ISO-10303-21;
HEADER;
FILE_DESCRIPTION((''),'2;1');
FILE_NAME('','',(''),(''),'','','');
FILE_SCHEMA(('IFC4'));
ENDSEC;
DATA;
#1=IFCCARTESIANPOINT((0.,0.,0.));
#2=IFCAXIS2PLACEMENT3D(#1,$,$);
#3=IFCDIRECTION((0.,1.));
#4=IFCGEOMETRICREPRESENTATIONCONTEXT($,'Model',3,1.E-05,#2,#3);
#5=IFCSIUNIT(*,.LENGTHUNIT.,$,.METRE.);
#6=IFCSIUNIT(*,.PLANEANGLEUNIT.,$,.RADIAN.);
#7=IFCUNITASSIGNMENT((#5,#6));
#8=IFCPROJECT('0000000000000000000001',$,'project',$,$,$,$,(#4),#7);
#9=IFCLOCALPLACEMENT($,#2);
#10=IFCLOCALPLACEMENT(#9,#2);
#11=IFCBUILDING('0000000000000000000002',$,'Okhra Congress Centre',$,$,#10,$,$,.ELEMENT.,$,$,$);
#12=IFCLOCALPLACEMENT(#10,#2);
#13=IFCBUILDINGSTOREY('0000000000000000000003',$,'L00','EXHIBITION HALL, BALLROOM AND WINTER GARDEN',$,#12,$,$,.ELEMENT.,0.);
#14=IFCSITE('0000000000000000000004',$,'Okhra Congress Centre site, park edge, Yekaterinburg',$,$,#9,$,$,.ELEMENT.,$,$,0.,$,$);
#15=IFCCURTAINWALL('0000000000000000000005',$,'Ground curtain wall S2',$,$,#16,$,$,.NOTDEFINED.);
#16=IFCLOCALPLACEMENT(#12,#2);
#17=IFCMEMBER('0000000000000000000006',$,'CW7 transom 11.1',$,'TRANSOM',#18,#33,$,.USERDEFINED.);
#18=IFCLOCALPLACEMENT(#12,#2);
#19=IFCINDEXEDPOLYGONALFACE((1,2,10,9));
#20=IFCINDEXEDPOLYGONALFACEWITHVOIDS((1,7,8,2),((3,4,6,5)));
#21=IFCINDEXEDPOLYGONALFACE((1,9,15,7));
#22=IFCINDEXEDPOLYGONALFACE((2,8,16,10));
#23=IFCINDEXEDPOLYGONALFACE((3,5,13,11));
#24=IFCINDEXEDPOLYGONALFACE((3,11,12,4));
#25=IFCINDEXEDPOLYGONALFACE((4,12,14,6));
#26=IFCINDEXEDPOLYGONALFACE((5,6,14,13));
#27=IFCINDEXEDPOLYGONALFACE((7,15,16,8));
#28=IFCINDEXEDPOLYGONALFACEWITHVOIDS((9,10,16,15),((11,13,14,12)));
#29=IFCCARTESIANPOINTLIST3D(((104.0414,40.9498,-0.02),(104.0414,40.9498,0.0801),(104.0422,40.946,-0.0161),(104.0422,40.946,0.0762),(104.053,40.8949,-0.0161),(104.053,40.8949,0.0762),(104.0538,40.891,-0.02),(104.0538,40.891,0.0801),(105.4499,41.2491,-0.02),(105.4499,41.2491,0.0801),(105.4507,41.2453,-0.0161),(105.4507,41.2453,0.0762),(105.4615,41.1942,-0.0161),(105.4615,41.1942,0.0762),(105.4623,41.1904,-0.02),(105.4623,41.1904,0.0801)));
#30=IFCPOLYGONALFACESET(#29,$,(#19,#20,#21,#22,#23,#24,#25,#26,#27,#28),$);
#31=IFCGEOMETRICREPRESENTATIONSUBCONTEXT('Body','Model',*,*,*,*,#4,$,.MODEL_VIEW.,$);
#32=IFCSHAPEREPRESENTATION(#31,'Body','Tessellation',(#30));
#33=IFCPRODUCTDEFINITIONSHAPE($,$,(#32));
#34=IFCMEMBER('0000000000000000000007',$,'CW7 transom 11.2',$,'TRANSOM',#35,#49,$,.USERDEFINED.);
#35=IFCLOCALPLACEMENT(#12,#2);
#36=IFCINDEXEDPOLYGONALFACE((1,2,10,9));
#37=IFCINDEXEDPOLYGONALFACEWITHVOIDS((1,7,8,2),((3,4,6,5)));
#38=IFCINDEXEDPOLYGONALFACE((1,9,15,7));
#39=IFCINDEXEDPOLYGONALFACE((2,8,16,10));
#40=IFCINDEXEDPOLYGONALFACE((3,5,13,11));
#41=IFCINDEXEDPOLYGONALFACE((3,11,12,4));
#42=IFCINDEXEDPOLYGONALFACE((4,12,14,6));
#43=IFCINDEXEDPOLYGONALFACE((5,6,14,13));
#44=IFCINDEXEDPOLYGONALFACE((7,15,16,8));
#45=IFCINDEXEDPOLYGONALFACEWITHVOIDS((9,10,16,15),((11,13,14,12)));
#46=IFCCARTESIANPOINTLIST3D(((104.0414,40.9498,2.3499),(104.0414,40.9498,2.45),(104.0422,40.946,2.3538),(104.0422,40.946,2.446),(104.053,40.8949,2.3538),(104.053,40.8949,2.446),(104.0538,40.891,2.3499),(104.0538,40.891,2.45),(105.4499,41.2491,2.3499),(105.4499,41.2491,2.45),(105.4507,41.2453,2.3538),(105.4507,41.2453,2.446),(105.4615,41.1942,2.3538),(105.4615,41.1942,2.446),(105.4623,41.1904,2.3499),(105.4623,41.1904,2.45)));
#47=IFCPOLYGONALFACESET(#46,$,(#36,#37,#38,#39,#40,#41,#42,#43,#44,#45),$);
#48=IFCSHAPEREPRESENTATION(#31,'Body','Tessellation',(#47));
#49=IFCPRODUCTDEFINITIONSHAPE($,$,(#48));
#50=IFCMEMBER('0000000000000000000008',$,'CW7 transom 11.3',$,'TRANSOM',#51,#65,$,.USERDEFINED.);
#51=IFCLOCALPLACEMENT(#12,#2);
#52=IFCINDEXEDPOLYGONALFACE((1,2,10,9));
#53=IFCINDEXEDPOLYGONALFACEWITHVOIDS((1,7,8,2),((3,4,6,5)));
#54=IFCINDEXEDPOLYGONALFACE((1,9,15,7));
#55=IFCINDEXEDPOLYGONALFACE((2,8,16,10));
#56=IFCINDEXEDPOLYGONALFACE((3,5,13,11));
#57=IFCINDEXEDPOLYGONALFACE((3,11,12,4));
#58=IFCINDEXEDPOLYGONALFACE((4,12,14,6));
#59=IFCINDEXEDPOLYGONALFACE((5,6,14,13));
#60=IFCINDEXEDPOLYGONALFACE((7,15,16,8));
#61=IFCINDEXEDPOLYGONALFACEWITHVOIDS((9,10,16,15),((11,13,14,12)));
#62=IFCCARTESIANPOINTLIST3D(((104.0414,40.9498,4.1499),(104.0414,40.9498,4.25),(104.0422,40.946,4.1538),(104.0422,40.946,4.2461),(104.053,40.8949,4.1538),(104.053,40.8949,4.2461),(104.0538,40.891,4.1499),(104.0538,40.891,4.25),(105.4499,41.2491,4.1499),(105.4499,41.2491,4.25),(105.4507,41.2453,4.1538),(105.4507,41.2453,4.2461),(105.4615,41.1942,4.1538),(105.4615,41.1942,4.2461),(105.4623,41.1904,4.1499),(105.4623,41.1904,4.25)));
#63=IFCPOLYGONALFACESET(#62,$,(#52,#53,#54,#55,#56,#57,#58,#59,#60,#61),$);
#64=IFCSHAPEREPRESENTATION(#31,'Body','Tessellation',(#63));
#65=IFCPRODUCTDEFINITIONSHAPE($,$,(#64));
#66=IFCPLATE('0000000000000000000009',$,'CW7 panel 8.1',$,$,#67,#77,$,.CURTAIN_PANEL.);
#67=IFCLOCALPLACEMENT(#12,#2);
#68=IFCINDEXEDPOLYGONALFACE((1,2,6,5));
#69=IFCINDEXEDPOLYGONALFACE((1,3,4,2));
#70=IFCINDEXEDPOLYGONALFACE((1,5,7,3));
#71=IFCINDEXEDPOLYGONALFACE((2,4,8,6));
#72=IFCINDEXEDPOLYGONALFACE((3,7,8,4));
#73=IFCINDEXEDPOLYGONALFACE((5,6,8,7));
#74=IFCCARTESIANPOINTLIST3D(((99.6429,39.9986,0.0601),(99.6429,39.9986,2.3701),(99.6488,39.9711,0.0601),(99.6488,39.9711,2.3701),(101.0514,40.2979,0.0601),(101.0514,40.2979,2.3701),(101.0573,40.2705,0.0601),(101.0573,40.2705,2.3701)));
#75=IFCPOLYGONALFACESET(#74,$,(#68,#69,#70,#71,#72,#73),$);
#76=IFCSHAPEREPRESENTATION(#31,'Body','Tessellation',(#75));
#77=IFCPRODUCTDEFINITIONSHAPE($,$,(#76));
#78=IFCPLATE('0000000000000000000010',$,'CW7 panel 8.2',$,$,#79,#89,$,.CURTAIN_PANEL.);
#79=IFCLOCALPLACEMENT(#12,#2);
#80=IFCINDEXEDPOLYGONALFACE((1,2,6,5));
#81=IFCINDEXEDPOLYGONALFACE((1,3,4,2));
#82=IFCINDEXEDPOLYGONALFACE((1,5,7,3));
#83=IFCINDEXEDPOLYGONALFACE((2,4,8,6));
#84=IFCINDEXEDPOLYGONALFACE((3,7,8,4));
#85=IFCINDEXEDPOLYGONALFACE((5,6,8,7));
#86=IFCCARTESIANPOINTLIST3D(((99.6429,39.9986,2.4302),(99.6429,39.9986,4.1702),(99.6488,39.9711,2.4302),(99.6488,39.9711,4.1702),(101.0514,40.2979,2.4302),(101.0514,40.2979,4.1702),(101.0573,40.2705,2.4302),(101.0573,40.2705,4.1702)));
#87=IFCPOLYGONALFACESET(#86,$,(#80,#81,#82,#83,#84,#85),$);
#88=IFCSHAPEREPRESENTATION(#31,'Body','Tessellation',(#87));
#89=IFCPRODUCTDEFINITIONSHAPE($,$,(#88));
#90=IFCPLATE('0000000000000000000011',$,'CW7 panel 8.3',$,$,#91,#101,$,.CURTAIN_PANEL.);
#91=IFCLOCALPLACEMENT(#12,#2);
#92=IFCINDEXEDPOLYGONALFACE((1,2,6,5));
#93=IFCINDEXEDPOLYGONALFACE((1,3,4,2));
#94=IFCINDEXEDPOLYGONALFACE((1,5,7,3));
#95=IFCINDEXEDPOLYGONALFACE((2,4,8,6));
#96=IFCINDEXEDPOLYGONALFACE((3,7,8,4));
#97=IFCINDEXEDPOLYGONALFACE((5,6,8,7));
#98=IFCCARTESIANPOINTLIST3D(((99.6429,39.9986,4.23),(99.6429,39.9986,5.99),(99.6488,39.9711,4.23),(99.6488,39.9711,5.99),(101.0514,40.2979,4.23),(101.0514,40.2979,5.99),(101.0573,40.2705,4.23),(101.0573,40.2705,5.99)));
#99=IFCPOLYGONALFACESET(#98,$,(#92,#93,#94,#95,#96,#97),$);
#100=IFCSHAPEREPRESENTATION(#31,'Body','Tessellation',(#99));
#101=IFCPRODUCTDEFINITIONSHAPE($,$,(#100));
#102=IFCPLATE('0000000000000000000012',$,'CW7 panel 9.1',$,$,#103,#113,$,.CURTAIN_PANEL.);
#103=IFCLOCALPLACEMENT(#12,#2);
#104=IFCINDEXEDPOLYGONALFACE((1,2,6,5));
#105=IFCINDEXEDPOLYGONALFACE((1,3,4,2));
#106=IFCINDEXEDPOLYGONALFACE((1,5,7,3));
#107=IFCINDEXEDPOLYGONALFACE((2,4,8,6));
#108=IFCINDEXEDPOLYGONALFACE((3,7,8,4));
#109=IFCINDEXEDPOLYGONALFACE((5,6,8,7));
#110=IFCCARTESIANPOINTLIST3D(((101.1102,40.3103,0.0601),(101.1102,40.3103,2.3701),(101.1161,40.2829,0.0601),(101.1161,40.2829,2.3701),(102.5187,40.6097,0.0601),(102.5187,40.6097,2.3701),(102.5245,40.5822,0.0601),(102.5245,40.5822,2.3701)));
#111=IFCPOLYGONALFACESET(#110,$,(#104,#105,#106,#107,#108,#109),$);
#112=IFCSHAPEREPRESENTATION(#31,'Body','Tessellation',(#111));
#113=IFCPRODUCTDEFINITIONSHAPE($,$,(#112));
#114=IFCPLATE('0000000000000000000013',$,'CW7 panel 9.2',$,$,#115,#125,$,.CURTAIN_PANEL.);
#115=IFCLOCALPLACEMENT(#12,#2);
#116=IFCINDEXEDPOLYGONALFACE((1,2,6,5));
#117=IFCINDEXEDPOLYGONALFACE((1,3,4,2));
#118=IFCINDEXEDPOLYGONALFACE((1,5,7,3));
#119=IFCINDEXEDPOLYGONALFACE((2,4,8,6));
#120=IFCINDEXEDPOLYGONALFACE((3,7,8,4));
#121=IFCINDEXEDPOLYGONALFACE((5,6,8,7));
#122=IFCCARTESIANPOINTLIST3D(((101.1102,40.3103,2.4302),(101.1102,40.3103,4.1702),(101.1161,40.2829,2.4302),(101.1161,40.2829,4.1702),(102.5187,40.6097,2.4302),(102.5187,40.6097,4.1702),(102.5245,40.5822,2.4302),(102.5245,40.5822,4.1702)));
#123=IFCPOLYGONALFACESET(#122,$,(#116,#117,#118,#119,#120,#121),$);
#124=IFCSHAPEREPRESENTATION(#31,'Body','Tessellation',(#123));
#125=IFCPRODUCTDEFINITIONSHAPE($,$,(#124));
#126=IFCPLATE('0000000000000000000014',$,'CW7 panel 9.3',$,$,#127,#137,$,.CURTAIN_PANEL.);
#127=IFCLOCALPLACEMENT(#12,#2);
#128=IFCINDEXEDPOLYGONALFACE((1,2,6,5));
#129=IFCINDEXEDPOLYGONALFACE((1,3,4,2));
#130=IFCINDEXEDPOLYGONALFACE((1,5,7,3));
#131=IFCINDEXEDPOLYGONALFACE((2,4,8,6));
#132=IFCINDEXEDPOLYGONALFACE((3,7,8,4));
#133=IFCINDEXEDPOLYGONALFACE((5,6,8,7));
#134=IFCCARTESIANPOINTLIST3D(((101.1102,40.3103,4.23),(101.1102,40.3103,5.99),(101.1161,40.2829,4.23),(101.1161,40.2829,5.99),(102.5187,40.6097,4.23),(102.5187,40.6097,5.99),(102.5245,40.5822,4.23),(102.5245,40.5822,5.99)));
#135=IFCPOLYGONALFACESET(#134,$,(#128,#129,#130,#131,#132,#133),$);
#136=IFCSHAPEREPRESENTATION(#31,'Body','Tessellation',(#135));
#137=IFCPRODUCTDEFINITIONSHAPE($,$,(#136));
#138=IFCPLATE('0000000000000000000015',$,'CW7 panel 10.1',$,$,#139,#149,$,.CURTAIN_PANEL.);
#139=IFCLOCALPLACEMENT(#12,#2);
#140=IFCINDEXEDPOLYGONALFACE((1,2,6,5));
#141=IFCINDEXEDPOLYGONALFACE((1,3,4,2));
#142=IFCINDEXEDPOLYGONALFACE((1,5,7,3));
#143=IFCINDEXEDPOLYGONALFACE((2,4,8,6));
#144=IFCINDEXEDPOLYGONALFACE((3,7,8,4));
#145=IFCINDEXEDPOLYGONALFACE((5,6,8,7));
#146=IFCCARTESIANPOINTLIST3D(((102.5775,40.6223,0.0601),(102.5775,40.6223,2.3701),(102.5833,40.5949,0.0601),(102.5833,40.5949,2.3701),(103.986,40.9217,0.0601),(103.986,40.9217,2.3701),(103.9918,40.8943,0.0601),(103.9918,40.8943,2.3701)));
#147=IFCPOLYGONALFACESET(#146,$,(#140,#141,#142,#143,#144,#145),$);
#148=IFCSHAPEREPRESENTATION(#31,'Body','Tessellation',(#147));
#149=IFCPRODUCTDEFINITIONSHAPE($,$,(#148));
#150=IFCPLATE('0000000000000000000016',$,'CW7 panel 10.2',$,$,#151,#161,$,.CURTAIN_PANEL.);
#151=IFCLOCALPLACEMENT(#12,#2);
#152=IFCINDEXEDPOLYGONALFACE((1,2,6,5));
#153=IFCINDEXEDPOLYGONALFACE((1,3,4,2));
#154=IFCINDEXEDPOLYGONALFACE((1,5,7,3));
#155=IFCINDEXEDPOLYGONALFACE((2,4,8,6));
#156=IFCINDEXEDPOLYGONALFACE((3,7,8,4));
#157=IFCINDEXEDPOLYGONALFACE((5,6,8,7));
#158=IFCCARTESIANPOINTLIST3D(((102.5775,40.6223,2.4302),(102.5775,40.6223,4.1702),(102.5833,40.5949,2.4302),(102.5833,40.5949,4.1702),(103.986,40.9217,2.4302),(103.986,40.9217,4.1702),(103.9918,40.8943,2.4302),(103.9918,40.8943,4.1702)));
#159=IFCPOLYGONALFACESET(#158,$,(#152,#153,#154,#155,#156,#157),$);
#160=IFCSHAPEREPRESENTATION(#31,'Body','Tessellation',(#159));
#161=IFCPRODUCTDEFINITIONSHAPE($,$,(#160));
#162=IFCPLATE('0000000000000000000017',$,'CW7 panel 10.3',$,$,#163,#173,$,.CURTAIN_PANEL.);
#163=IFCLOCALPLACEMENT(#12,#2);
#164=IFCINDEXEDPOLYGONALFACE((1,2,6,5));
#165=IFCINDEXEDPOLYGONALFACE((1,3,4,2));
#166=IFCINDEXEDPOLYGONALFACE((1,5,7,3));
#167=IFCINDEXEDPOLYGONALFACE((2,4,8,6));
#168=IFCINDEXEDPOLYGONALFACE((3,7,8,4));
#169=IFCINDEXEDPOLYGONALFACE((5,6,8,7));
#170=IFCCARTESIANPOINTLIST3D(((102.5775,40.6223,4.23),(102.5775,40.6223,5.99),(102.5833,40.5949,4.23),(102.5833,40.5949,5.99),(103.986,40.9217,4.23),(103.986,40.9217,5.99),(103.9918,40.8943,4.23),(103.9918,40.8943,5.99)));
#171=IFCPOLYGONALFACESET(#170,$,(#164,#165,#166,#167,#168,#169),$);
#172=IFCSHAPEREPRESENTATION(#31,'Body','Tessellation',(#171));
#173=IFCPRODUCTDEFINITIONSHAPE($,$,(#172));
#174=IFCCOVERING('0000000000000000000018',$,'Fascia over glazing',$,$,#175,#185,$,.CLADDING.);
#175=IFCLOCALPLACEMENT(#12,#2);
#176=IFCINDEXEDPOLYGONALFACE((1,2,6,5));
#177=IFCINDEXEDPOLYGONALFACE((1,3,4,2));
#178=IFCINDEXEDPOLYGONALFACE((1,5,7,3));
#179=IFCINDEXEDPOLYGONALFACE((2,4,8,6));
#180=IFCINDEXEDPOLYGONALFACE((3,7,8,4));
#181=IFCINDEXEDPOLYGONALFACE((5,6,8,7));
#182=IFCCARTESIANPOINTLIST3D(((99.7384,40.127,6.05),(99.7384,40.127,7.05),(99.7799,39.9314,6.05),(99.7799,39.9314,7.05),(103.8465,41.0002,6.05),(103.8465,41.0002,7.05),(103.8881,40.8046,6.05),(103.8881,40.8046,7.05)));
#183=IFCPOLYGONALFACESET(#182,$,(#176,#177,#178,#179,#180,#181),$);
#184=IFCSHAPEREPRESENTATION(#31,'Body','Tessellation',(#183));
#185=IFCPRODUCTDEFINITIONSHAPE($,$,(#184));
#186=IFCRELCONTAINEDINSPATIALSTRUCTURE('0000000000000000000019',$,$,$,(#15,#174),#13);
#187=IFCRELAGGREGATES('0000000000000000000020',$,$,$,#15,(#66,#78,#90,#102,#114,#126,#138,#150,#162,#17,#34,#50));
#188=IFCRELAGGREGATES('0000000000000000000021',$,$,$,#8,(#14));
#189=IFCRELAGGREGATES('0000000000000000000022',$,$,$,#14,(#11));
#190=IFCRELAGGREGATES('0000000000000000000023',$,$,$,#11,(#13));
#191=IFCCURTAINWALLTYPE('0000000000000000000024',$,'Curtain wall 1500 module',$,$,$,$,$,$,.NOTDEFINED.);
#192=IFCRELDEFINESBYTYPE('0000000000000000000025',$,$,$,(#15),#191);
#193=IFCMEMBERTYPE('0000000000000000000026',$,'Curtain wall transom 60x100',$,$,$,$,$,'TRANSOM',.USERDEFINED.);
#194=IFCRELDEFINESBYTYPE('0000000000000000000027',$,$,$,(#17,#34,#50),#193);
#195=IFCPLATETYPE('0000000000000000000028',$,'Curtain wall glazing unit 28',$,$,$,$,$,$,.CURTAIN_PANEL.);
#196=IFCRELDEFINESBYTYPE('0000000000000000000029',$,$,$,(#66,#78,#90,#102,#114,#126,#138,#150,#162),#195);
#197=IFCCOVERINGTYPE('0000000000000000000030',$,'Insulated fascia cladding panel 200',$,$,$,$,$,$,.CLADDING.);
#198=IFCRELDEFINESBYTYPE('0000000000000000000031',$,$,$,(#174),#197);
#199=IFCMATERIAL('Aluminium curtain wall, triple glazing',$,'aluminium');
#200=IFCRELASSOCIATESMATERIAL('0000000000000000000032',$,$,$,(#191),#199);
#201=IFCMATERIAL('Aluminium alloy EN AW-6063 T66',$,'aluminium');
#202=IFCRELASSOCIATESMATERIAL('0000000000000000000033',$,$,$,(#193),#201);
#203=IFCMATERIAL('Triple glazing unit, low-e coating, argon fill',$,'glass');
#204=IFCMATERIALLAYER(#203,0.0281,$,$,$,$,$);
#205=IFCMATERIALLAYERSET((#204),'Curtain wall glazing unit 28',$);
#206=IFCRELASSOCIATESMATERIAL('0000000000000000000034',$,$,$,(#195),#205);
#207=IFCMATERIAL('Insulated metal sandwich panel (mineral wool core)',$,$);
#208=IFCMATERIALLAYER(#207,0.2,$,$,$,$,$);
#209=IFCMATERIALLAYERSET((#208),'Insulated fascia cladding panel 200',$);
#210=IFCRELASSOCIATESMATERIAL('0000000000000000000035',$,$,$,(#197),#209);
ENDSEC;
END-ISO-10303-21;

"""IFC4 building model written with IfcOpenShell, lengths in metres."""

from ifc_helpers import new_model, si_unit, direction, frame, origin, origin_2d, place, context, subcontext, project, spatial, rectangle, hollow_rectangle, extrude, material, layer, layer_set, material_profile, profile_set, type_object, element, aggregate, save


model = new_model("IFC4")

# Units and contexts
model_context = context("Model", 3, precision=1e-05, world=origin(), true_north=direction((0.0, 1.0)))
body_context = subcontext(model_context, "Body", "Model", "MODEL_VIEW")
ifc_project = project(units=[si_unit("LENGTHUNIT", "METRE"), si_unit("PLANEANGLEUNIT", "RADIAN")], contexts=[model_context])

# Site, building, storey
site_placement = place(None, origin())
site = spatial("IfcSite", under=ifc_project, at=site_placement, Name="Okhra Congress Centre site, park edge, Yekaterinburg", CompositionType="ELEMENT", RefElevation=0.0)
building_placement = place(site_placement, origin())
building = spatial("IfcBuilding", under=site, at=building_placement, Name="Okhra Congress Centre", CompositionType="ELEMENT")
storey_placement = place(building_placement, origin())
storey = spatial("IfcBuildingStorey", under=building, at=storey_placement, Name="L00", Description="EXHIBITION HALL, BALLROOM AND WINTER GARDEN", CompositionType="ELEMENT", Elevation=0.0)

# Curtain wall, members, plates
ifc_material_1 = material(Name="Aluminium curtain wall, triple glazing", Category="aluminium")
curtain_wall_type = type_object("IfcCurtainWallType", Name="Curtain wall 1500 module", PredefinedType="NOTDEFINED", material=ifc_material_1)
curtain_wall_placement = place(storey_placement, origin())
curtain_wall = element("IfcCurtainWall", 1, at=curtain_wall_placement, inside=storey, type_object=curtain_wall_type, Name="Ground curtain wall S2", PredefinedType="NOTDEFINED")
ifc_material_2 = material(Name="Aluminium alloy EN AW-6063 T66", Category="aluminium")
ifc_material_profile_1 = material_profile(ifc_material_2, hollow_rectangle(XDim=0.0601, YDim=0.1001, WallThickness=0.0039, at=origin_2d()), Name="RHS 60x100x4")
ifc_profile_set_1 = profile_set([ifc_material_profile_1], Name="Aluminium alloy EN AW-6063 T66")
member_type_1 = type_object("IfcMemberType", Name="Curtain wall transom 60x100", ElementType="TRANSOM", PredefinedType="USERDEFINED", material=ifc_profile_set_1)
member_1_placement = place(storey_placement, frame((104.0476, 40.9204, 0.03), z_axis=(0.978156, 0.207873, 0.0), x_axis=(-0.207873, 0.978156, 0.0)))
member_1 = element("IfcMember", 2, at=member_1_placement, type_object=member_type_1, Name="CW7 transom 11.1", ObjectType="TRANSOM", PredefinedType="USERDEFINED", context=body_context, shape_type="SweptSolid", body=[
    extrude(hollow_rectangle(XDim=0.0601, YDim=0.1001, WallThickness=0.0039, at=origin_2d()), origin(), (0.0, 0.0, 1.0), 1.4399),
])
member_2_placement = place(storey_placement, frame((104.0476, 40.9204, 2.3999), z_axis=(0.978156, 0.207873, 0.0), x_axis=(-0.207873, 0.978156, 0.0)))
member_2 = element("IfcMember", 3, at=member_2_placement, type_object=member_type_1, Name="CW7 transom 11.2", ObjectType="TRANSOM", PredefinedType="USERDEFINED", context=body_context, shape_type="SweptSolid", body=[
    extrude(hollow_rectangle(XDim=0.0601, YDim=0.1001, WallThickness=0.0039, at=origin_2d()), origin(), (0.0, 0.0, 1.0), 1.4399),
])
member_3_placement = place(storey_placement, frame((104.0476, 40.9204, 4.2), z_axis=(0.978156, 0.207873, 0.0), x_axis=(-0.207873, 0.978156, 0.0)))
member_3 = element("IfcMember", 4, at=member_3_placement, type_object=member_type_1, Name="CW7 transom 11.3", ObjectType="TRANSOM", PredefinedType="USERDEFINED", context=body_context, shape_type="SweptSolid", body=[
    extrude(hollow_rectangle(XDim=0.0601, YDim=0.1001, WallThickness=0.0039, at=origin_2d()), origin(), (0.0, 0.0, 1.0), 1.4399),
])
ifc_material_3 = material(Name="Triple glazing unit, low-e coating, argon fill", Category="glass")
ifc_layer_1 = layer(ifc_material_3, 0.0281)
ifc_layer_set_1 = layer_set([ifc_layer_1], Name="Curtain wall glazing unit 28")
plate_type = type_object("IfcPlateType", Name="Curtain wall glazing unit 28", PredefinedType="CURTAIN_PANEL", material=ifc_layer_set_1)
plate_1_placement = place(storey_placement, frame((100.3501, 40.1345, 0.0601), z_axis=(0.0, 0.0, 1.0), x_axis=(0.978148, 0.207912, 0.0)))
plate_1 = element("IfcPlate", 5, at=plate_1_placement, type_object=plate_type, Name="CW7 panel 8.1", PredefinedType="CURTAIN_PANEL", context=body_context, shape_type="SweptSolid", body=[
    extrude(rectangle(XDim=1.4399, YDim=0.0281, at=origin_2d()), origin(), (0.0, 0.0, 1.0), 2.3101),
])
plate_2_placement = place(storey_placement, frame((100.3501, 40.1345, 2.4302), z_axis=(0.0, 0.0, 1.0), x_axis=(0.978148, 0.207912, 0.0)))
plate_2 = element("IfcPlate", 6, at=plate_2_placement, type_object=plate_type, Name="CW7 panel 8.2", PredefinedType="CURTAIN_PANEL", context=body_context, shape_type="SweptSolid", body=[
    extrude(rectangle(XDim=1.4399, YDim=0.0281, at=origin_2d()), origin(), (0.0, 0.0, 1.0), 1.74),
])
plate_3_placement = place(storey_placement, frame((100.3501, 40.1345, 4.23), z_axis=(0.0, 0.0, 1.0), x_axis=(0.978148, 0.207912, 0.0)))
plate_3 = element("IfcPlate", 7, at=plate_3_placement, type_object=plate_type, Name="CW7 panel 8.3", PredefinedType="CURTAIN_PANEL", context=body_context, shape_type="SweptSolid", body=[
    extrude(rectangle(XDim=1.4399, YDim=0.0281, at=origin_2d()), origin(), (0.0, 0.0, 1.0), 1.76),
])
plate_4_placement = place(storey_placement, frame((101.8174, 40.4463, 0.0601), z_axis=(0.0, 0.0, 1.0), x_axis=(0.978148, 0.207912, 0.0)))
plate_4 = element("IfcPlate", 8, at=plate_4_placement, type_object=plate_type, Name="CW7 panel 9.1", PredefinedType="CURTAIN_PANEL", context=body_context, shape_type="SweptSolid", body=[
    extrude(rectangle(XDim=1.4399, YDim=0.0281, at=origin_2d()), origin(), (0.0, 0.0, 1.0), 2.3101),
])
plate_5_placement = place(storey_placement, frame((101.8174, 40.4463, 2.4302), z_axis=(0.0, 0.0, 1.0), x_axis=(0.978148, 0.207912, 0.0)))
plate_5 = element("IfcPlate", 9, at=plate_5_placement, type_object=plate_type, Name="CW7 panel 9.2", PredefinedType="CURTAIN_PANEL", context=body_context, shape_type="SweptSolid", body=[
    extrude(rectangle(XDim=1.4399, YDim=0.0281, at=origin_2d()), origin(), (0.0, 0.0, 1.0), 1.74),
])
plate_6_placement = place(storey_placement, frame((101.8174, 40.4463, 4.23), z_axis=(0.0, 0.0, 1.0), x_axis=(0.978148, 0.207912, 0.0)))
plate_6 = element("IfcPlate", 10, at=plate_6_placement, type_object=plate_type, Name="CW7 panel 9.3", PredefinedType="CURTAIN_PANEL", context=body_context, shape_type="SweptSolid", body=[
    extrude(rectangle(XDim=1.4399, YDim=0.0281, at=origin_2d()), origin(), (0.0, 0.0, 1.0), 1.76),
])
plate_7_placement = place(storey_placement, frame((103.2847, 40.7583, 0.0601), z_axis=(0.0, 0.0, 1.0), x_axis=(0.978148, 0.207912, 0.0)))
plate_7 = element("IfcPlate", 11, at=plate_7_placement, type_object=plate_type, Name="CW7 panel 10.1", PredefinedType="CURTAIN_PANEL", context=body_context, shape_type="SweptSolid", body=[
    extrude(rectangle(XDim=1.4399, YDim=0.0281, at=origin_2d()), origin(), (0.0, 0.0, 1.0), 2.3101),
])
plate_8_placement = place(storey_placement, frame((103.2847, 40.7583, 2.4302), z_axis=(0.0, 0.0, 1.0), x_axis=(0.978148, 0.207912, 0.0)))
plate_8 = element("IfcPlate", 12, at=plate_8_placement, type_object=plate_type, Name="CW7 panel 10.2", PredefinedType="CURTAIN_PANEL", context=body_context, shape_type="SweptSolid", body=[
    extrude(rectangle(XDim=1.4399, YDim=0.0281, at=origin_2d()), origin(), (0.0, 0.0, 1.0), 1.74),
])
plate_9_placement = place(storey_placement, frame((103.2847, 40.7583, 4.23), z_axis=(0.0, 0.0, 1.0), x_axis=(0.978148, 0.207912, 0.0)))
plate_9 = element("IfcPlate", 13, at=plate_9_placement, type_object=plate_type, Name="CW7 panel 10.3", PredefinedType="CURTAIN_PANEL", context=body_context, shape_type="SweptSolid", body=[
    extrude(rectangle(XDim=1.4399, YDim=0.0281, at=origin_2d()), origin(), (0.0, 0.0, 1.0), 1.76),
])
aggregate(curtain_wall, [plate_1, plate_2, plate_3, plate_4, plate_5, plate_6, plate_7, plate_8, plate_9, member_1, member_2, member_3])

# Covering
ifc_material_4 = material(Name="Insulated metal sandwich panel (mineral wool core)")
ifc_layer_2 = layer(ifc_material_4, 0.2)
ifc_layer_set_2 = layer_set([ifc_layer_2], Name="Insulated fascia cladding panel 200")
covering_type = type_object("IfcCoveringType", Name="Insulated fascia cladding panel 200", PredefinedType="CLADDING", material=ifc_layer_set_2)
covering_placement = place(storey_placement, frame((101.8132, 40.4658, 6.05), z_axis=(0.0, 0.0, 1.0), x_axis=(0.978148, 0.207912, 0.0)))
element("IfcCovering", 14, at=covering_placement, inside=storey, type_object=covering_type, Name="Fascia over glazing", PredefinedType="CLADDING", context=body_context, shape_type="SweptSolid", body=[
    extrude(rectangle(XDim=4.2, YDim=0.2, at=origin_2d()), origin(), (0.0, 0.0, 1.0), 1.0),
])

save(model, "model.ifc")
